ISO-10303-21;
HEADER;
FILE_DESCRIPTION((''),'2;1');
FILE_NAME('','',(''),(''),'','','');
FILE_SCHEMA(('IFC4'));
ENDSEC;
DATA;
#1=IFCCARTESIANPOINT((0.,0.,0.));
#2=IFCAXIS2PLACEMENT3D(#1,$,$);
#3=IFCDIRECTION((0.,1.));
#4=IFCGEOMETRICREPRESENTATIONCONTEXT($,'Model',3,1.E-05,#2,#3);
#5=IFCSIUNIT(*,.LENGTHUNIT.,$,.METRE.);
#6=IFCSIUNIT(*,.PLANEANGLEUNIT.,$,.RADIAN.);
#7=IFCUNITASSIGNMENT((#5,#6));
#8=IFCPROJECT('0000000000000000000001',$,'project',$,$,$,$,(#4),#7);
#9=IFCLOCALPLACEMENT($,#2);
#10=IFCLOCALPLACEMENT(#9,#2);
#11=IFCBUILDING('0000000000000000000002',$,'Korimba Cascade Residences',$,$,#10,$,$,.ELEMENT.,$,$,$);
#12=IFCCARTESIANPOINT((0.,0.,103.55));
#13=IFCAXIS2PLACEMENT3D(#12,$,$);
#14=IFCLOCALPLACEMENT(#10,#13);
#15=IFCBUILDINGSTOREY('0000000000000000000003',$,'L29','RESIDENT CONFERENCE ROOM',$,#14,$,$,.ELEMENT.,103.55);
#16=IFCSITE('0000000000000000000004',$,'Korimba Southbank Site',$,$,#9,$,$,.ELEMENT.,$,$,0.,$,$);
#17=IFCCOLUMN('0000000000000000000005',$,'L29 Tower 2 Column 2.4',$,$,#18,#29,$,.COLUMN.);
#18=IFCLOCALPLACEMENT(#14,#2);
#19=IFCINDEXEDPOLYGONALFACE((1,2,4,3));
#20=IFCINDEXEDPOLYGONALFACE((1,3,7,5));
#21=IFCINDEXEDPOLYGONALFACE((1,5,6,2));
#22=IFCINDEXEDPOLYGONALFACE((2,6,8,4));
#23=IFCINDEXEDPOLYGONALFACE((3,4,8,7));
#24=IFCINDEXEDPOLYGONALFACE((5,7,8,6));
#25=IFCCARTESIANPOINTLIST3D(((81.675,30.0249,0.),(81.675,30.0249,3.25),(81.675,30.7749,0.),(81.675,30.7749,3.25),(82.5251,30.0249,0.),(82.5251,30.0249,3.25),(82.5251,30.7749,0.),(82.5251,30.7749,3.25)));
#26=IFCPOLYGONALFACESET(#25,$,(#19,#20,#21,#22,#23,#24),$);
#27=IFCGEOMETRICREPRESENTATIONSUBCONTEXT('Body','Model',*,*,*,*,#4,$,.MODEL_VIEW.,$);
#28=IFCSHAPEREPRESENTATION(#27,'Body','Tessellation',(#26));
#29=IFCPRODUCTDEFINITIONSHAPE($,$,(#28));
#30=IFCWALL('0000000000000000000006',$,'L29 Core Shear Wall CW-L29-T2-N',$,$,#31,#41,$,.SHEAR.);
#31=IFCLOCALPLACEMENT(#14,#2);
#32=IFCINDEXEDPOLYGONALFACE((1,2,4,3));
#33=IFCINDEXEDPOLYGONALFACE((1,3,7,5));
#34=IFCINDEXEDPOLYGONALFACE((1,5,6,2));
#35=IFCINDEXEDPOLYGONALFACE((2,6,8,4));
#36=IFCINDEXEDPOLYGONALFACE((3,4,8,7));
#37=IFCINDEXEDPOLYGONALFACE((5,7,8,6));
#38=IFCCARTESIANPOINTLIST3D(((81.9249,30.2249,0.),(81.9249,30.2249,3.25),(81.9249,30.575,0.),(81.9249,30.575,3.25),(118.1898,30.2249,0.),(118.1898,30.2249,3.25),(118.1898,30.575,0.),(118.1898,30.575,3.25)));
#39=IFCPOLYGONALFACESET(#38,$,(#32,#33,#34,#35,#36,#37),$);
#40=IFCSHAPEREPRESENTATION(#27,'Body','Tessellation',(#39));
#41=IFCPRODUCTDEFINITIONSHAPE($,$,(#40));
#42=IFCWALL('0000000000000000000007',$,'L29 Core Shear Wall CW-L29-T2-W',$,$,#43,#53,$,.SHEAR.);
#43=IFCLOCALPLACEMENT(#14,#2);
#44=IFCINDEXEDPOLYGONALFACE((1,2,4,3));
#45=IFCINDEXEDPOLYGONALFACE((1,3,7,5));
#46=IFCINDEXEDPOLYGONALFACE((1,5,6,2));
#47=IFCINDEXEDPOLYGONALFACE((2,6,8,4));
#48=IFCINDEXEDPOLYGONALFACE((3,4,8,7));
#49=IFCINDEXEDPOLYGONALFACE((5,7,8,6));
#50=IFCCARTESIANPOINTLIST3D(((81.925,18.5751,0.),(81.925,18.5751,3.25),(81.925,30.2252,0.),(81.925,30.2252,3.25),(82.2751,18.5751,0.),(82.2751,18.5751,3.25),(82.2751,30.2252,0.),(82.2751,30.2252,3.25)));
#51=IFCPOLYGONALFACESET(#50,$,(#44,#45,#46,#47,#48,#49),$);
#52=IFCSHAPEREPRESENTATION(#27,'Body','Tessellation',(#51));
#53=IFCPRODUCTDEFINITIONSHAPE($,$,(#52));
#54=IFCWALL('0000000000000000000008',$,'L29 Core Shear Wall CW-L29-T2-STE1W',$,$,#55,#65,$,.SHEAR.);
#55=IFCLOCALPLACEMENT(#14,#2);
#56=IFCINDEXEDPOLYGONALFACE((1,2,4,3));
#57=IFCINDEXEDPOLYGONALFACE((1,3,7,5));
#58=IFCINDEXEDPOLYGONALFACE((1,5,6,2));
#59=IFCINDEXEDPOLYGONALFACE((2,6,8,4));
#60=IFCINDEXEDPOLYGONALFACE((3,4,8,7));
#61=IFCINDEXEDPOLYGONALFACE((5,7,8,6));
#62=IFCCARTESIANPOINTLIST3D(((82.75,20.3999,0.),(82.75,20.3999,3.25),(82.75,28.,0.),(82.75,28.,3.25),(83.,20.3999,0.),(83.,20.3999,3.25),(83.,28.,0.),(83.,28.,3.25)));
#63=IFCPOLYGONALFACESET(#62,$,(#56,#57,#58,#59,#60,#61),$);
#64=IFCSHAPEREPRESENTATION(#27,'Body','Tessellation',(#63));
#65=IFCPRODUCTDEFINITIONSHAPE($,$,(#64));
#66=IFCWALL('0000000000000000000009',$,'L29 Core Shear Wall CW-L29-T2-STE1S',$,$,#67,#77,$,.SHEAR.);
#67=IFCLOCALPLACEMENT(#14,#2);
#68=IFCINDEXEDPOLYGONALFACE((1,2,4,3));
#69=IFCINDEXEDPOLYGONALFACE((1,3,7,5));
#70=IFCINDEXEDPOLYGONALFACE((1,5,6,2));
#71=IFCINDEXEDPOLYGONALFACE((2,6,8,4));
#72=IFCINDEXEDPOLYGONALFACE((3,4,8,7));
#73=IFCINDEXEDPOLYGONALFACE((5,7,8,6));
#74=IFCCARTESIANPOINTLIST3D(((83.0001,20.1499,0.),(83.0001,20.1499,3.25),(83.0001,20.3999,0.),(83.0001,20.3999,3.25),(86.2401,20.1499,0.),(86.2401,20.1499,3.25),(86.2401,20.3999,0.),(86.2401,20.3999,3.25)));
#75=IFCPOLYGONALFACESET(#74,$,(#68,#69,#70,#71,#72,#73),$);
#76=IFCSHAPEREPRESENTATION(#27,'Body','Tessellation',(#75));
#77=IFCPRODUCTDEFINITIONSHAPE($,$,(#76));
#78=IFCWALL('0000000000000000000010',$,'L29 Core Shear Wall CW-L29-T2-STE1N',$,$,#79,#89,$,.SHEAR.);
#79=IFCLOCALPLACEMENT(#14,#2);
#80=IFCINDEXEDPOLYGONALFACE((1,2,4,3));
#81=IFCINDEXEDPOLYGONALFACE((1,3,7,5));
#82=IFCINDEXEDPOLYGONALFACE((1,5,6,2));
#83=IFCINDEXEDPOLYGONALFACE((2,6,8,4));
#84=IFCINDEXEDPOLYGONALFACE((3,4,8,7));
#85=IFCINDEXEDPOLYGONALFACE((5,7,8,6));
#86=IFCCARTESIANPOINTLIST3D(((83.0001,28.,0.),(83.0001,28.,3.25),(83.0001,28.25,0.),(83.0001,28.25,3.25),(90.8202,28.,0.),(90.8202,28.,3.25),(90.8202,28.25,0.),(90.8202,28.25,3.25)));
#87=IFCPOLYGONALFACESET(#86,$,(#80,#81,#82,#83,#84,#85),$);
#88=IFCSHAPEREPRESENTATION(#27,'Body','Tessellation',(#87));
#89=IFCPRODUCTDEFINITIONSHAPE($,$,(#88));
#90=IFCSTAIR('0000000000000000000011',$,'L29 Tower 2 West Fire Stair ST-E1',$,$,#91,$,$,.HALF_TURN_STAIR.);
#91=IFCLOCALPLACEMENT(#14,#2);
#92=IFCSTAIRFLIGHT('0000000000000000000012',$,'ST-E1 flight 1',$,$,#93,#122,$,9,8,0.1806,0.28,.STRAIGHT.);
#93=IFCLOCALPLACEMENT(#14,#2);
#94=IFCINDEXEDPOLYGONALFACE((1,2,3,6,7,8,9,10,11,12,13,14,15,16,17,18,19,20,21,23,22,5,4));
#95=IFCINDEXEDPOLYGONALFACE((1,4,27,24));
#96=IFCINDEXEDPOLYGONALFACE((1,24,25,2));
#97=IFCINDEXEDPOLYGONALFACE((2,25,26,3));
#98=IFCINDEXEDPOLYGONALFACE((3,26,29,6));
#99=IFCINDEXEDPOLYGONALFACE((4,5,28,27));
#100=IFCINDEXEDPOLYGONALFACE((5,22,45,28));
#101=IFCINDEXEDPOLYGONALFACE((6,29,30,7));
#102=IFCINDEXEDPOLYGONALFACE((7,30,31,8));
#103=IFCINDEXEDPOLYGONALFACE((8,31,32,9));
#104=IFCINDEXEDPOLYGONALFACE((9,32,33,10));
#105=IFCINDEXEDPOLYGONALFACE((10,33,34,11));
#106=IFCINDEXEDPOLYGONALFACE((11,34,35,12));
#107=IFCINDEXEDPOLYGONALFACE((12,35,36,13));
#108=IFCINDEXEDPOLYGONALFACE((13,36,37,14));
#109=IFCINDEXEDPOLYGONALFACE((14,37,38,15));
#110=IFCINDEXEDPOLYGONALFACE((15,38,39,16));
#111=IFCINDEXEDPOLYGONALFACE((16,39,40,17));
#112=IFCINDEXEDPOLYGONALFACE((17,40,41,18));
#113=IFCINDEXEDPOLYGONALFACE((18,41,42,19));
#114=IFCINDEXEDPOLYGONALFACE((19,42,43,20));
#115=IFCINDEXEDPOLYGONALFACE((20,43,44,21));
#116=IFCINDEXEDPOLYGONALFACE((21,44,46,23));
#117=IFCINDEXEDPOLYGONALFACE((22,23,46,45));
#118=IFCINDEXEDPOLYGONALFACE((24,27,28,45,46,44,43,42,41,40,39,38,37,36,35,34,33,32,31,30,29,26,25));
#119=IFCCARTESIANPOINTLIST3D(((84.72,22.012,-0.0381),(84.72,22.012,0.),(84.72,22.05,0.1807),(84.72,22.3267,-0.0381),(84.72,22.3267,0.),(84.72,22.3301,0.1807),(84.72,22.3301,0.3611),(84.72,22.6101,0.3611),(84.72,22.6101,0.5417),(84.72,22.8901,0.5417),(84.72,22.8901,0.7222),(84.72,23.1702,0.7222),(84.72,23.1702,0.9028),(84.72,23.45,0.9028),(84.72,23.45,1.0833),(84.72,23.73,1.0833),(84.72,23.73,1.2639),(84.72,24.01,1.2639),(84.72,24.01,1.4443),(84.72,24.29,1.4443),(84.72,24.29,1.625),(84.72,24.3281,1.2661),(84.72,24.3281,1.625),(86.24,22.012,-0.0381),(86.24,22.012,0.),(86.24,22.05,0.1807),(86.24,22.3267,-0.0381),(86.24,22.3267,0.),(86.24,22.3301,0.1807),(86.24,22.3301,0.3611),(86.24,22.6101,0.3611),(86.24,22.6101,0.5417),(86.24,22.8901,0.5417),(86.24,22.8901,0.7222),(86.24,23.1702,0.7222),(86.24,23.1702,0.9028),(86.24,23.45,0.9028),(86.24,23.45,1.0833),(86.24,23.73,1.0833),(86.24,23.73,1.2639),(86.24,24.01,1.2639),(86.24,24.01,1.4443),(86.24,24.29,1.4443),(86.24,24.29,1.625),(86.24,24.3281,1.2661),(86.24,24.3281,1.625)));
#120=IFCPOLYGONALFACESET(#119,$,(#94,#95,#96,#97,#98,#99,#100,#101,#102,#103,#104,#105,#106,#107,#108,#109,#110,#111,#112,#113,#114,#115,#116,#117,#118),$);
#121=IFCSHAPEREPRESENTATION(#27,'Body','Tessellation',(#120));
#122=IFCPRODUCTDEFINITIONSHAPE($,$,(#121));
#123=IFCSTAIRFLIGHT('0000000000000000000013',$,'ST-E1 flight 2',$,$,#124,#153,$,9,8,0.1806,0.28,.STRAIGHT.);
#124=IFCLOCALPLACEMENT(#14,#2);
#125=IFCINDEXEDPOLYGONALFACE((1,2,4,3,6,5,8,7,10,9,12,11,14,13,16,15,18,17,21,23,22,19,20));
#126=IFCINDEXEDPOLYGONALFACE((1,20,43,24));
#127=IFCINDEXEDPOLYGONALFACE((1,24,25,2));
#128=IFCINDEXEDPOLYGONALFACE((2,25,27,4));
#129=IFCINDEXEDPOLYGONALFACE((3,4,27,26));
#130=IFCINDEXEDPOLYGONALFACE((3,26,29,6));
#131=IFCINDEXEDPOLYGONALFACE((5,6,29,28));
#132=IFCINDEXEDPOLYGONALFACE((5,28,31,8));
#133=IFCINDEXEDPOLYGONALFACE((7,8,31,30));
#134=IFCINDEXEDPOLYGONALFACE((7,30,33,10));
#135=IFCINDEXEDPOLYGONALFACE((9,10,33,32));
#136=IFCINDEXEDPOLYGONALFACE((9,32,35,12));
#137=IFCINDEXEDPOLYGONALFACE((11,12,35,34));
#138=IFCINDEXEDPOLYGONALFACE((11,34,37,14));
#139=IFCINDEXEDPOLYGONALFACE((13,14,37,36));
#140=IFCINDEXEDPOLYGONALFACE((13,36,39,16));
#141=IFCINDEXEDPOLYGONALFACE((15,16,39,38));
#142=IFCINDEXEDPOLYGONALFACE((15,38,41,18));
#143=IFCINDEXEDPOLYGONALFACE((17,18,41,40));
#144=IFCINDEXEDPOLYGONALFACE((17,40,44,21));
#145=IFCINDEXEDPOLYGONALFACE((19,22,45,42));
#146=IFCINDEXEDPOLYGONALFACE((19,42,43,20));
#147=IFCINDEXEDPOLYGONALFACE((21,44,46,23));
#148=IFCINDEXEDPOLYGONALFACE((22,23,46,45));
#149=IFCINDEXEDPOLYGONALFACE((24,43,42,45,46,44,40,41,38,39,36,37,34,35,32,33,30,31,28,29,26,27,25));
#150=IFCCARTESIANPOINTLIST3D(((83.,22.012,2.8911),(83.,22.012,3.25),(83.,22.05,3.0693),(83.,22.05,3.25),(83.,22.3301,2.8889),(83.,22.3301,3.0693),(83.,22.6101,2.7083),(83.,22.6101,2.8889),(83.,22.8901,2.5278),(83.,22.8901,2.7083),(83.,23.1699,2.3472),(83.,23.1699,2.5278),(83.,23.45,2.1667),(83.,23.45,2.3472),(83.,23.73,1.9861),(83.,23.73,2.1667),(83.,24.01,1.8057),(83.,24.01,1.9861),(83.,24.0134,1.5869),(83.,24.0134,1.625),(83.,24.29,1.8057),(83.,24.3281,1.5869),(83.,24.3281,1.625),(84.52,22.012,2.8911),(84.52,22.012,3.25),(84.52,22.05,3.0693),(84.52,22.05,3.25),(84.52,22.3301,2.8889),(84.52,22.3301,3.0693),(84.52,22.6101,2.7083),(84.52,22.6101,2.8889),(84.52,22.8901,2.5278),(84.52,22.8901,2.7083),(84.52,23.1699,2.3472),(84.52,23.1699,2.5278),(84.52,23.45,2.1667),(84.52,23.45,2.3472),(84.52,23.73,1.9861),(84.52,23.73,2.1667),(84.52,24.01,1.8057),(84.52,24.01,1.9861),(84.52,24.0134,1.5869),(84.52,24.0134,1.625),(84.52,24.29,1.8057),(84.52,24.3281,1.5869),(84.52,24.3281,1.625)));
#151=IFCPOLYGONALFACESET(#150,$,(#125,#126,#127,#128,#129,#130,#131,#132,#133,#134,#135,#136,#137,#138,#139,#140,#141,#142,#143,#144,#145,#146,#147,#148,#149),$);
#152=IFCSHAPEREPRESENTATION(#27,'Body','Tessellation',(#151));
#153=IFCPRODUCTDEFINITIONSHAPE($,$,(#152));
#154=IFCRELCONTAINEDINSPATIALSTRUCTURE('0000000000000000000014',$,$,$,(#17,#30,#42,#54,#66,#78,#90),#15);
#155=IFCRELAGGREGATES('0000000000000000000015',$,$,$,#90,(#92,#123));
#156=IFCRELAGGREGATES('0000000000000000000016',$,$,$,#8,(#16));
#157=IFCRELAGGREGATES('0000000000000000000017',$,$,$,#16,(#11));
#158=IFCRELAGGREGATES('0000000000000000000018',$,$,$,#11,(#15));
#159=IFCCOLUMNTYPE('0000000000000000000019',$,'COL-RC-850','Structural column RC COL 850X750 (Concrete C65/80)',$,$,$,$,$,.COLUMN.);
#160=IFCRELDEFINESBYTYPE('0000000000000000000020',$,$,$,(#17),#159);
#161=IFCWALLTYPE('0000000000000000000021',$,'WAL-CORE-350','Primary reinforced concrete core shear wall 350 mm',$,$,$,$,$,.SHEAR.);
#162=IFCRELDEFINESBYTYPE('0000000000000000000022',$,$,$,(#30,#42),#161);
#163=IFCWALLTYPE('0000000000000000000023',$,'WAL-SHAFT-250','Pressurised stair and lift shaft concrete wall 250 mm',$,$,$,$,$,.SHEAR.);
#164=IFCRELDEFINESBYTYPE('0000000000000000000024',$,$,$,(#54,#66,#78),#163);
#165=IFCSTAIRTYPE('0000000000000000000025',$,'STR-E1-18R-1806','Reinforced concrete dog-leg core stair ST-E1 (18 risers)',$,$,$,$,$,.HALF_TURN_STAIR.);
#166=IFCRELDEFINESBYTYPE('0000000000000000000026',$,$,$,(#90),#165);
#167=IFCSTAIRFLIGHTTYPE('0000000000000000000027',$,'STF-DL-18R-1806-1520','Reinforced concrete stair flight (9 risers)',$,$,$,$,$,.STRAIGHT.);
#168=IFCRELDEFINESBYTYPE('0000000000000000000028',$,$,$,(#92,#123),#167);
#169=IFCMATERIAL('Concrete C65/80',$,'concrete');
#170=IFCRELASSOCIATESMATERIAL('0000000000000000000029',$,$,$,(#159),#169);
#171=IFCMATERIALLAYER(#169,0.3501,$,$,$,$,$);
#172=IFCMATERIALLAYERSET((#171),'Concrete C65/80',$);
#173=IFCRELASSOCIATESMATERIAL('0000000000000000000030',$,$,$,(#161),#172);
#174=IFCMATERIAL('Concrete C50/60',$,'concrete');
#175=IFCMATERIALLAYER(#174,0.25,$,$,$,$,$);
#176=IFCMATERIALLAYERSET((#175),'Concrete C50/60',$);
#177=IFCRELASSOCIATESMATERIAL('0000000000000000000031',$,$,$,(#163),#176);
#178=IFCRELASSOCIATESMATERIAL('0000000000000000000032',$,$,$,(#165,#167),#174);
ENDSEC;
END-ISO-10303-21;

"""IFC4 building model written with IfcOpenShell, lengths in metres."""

from ifc_helpers import new_model, si_unit, direction, frame, frame_2d, origin, origin_2d, place, context, subcontext, project, spatial, polyline, rectangle, outline, extrude, material, layer, layer_set, material_profile, profile_set, type_object, element, aggregate, save


model = new_model("IFC4")

# Units and contexts
model_context = context("Model", 3, precision=1e-05, world=origin(), true_north=direction((0.0, 1.0)))
body_context = subcontext(model_context, "Body", "Model", "MODEL_VIEW")
ifc_project = project(units=[si_unit("LENGTHUNIT", "METRE"), si_unit("PLANEANGLEUNIT", "RADIAN")], contexts=[model_context])

# Site, building, storey
site_placement = place(None, origin())
site = spatial("IfcSite", under=ifc_project, at=site_placement, Name="Korimba Southbank Site", CompositionType="ELEMENT", RefElevation=0.0)
building_placement = place(site_placement, origin())
building = spatial("IfcBuilding", under=site, at=building_placement, Name="Korimba Cascade Residences", CompositionType="ELEMENT")
storey_placement = place(building_placement, frame((0.0, 0.0, 103.55)))
storey = spatial("IfcBuildingStorey", under=building, at=storey_placement, Name="L29", Description="RESIDENT CONFERENCE ROOM", CompositionType="ELEMENT", Elevation=103.55)

# Column
ifc_material_1 = material(Name="Concrete C65/80", Category="concrete")
ifc_material_profile = material_profile(ifc_material_1, rectangle(XDim=0.8501, YDim=0.75, at=origin_2d()), Name="Concrete C65/80")
ifc_profile_set = profile_set([ifc_material_profile], Name="Concrete C65/80")
column_type = type_object("IfcColumnType", Name="COL-RC-850", Description="Structural column RC COL 850X750 (Concrete C65/80)", PredefinedType="COLUMN", material=ifc_profile_set)
column_placement = place(storey_placement, frame((82.1001, 30.3999, 0.0), z_axis=(0.0, 0.0, 1.0), x_axis=(1.0, 0.0, 0.0)))
element("IfcColumn", 1, at=column_placement, inside=storey, type_object=column_type, Name="L29 Tower 2 Column 2.4", PredefinedType="COLUMN", context=body_context, shape_type="SweptSolid", body=[
    extrude(rectangle(XDim=0.8501, YDim=0.75, at=origin_2d()), origin(), (0.0, 0.0, 1.0), 3.25),
])

# Walls
ifc_layer_1 = layer(ifc_material_1, 0.3501)
ifc_layer_set_1 = layer_set([ifc_layer_1], Name="Concrete C65/80")
wall_type_1 = type_object("IfcWallType", Name="WAL-CORE-350", Description="Primary reinforced concrete core shear wall 350 mm", PredefinedType="SHEAR", material=ifc_layer_set_1)
wall_1_placement = place(storey_placement, frame((81.925, 30.3999, 0.0), z_axis=(0.0, 0.0, 1.0), x_axis=(1.0, 0.0, 0.0)))
element("IfcWall", 2, at=wall_1_placement, inside=storey, type_object=wall_type_1, Name="L29 Core Shear Wall CW-L29-T2-N", PredefinedType="SHEAR", context=body_context, shape_type="SweptSolid", body=[
    extrude(rectangle(XDim=36.2649, YDim=0.3501, at=frame_2d((18.1323, 0.0))), origin(), (0.0, 0.0, 1.0), 3.25),
])
wall_2_placement = place(storey_placement, frame((82.1001, 18.575, 0.0), z_axis=(0.0, 0.0, 1.0), x_axis=(0.0, 1.0, 0.0)))
element("IfcWall", 3, at=wall_2_placement, inside=storey, type_object=wall_type_1, Name="L29 Core Shear Wall CW-L29-T2-W", PredefinedType="SHEAR", context=body_context, shape_type="SweptSolid", body=[
    extrude(rectangle(XDim=11.6501, YDim=0.3501, at=frame_2d((5.8252, 0.0))), origin(), (0.0, 0.0, 1.0), 3.25),
])
ifc_material_2 = material(Name="Concrete C50/60", Category="concrete")
ifc_layer_2 = layer(ifc_material_2, 0.25)
ifc_layer_set_2 = layer_set([ifc_layer_2], Name="Concrete C50/60")
wall_type_2 = type_object("IfcWallType", Name="WAL-SHAFT-250", Description="Pressurised stair and lift shaft concrete wall 250 mm", PredefinedType="SHEAR", material=ifc_layer_set_2)
wall_3_placement = place(storey_placement, frame((82.875, 20.3999, 0.0), z_axis=(0.0, 0.0, 1.0), x_axis=(0.0, 1.0, 0.0)))
element("IfcWall", 4, at=wall_3_placement, inside=storey, type_object=wall_type_2, Name="L29 Core Shear Wall CW-L29-T2-STE1W", PredefinedType="SHEAR", context=body_context, shape_type="SweptSolid", body=[
    extrude(rectangle(XDim=7.6001, YDim=0.25, at=frame_2d((3.8, 0.0))), origin(), (0.0, 0.0, 1.0), 3.25),
])
wall_4_placement = place(storey_placement, frame((83.0, 20.2749, 0.0), z_axis=(0.0, 0.0, 1.0), x_axis=(1.0, 0.0, 0.0)))
element("IfcWall", 5, at=wall_4_placement, inside=storey, type_object=wall_type_2, Name="L29 Core Shear Wall CW-L29-T2-STE1S", PredefinedType="SHEAR", context=body_context, shape_type="SweptSolid", body=[
    extrude(rectangle(XDim=3.24, YDim=0.25, at=frame_2d((1.6201, 0.0))), origin(), (0.0, 0.0, 1.0), 3.25),
])
wall_5_placement = place(storey_placement, frame((83.0, 28.125, 0.0), z_axis=(0.0, 0.0, 1.0), x_axis=(1.0, 0.0, 0.0)))
element("IfcWall", 6, at=wall_5_placement, inside=storey, type_object=wall_type_2, Name="L29 Core Shear Wall CW-L29-T2-STE1N", PredefinedType="SHEAR", context=body_context, shape_type="SweptSolid", body=[
    extrude(rectangle(XDim=7.8201, YDim=0.25, at=frame_2d((3.9102, 0.0))), origin(), (0.0, 0.0, 1.0), 3.25),
])

# Stair, stair flights
stair_type = type_object("IfcStairType", Name="STR-E1-18R-1806", Description="Reinforced concrete dog-leg core stair ST-E1 (18 risers)", PredefinedType="HALF_TURN_STAIR", material=ifc_material_2)
stair_placement = place(storey_placement, origin())
stair = element("IfcStair", 7, at=stair_placement, inside=storey, type_object=stair_type, Name="L29 Tower 2 West Fire Stair ST-E1", PredefinedType="HALF_TURN_STAIR")
stair_flight_type = type_object("IfcStairFlightType", Name="STF-DL-18R-1806-1520", Description="Reinforced concrete stair flight (9 risers)", PredefinedType="STRAIGHT", material=ifc_material_2)
stair_flight_1_placement = place(storey_placement, frame((85.48, 22.05, 0.0), z_axis=(0.0, 0.0, 1.0), x_axis=(0.0, 1.0, 0.0)))
stair_flight_1 = element("IfcStairFlight", 8, at=stair_flight_1_placement, type_object=stair_flight_type, Name="ST-E1 flight 1", NumberOfRisers=9, NumberOfTreads=8, PredefinedType="STRAIGHT", RiserHeight=0.1806, TreadLength=0.28, context=body_context, shape_type="SweptSolid", body=[
    extrude(outline(polyline([(-0.0381, 0.0), (0.0, 0.1807), (0.28, 0.1807), (0.28, 0.3611), (0.5601, 0.3611), (0.5601, 0.5417), (0.8401, 0.5417), (0.8401, 0.7222), (1.1201, 0.7222), (1.1201, 0.9028), (1.3999, 0.9028), (1.3999, 1.0833), (1.6799, 1.0833), (1.6799, 1.2639), (1.96, 1.2639), (1.96, 1.4443), (2.24, 1.4443), (2.24, 1.625), (2.2781, 1.625), (2.2781, 1.2661), (0.2766, 0.0), (0.2766, -0.0381), (-0.0381, -0.0381), (-0.0381, 0.0)])), frame((0.0, 0.76, 0.0), z_axis=(0.0, -1.0, 0.0), x_axis=(1.0, 0.0, 0.0)), (0.0, 0.0, 1.0), 1.52),
])
stair_flight_2_placement = place(storey_placement, frame((83.76, 24.29, 1.625), z_axis=(0.0, 0.0, 1.0), x_axis=(0.0, -1.0, 0.0)))
stair_flight_2 = element("IfcStairFlight", 9, at=stair_flight_2_placement, type_object=stair_flight_type, Name="ST-E1 flight 2", NumberOfRisers=9, NumberOfTreads=8, PredefinedType="STRAIGHT", RiserHeight=0.1806, TreadLength=0.28, context=body_context, shape_type="SweptSolid", body=[
    extrude(outline(polyline([(-0.0381, 0.0), (0.0, 0.1807), (0.28, 0.1807), (0.28, 0.3611), (0.5601, 0.3611), (0.5601, 0.5417), (0.8401, 0.5417), (0.8401, 0.7222), (1.1201, 0.7222), (1.1201, 0.9028), (1.3999, 0.9028), (1.3999, 1.0833), (1.6799, 1.0833), (1.6799, 1.2639), (1.96, 1.2639), (1.96, 1.4443), (2.24, 1.4443), (2.24, 1.625), (2.2781, 1.625), (2.2781, 1.2661), (0.2766, 0.0), (0.2766, -0.0381), (-0.0381, -0.0381), (-0.0381, 0.0)])), frame((0.0, 0.76, 0.0), z_axis=(0.0, -1.0, 0.0), x_axis=(1.0, 0.0, 0.0)), (0.0, 0.0, 1.0), 1.52),
])
aggregate(stair, [stair_flight_1, stair_flight_2])

save(model, "model.ifc")
